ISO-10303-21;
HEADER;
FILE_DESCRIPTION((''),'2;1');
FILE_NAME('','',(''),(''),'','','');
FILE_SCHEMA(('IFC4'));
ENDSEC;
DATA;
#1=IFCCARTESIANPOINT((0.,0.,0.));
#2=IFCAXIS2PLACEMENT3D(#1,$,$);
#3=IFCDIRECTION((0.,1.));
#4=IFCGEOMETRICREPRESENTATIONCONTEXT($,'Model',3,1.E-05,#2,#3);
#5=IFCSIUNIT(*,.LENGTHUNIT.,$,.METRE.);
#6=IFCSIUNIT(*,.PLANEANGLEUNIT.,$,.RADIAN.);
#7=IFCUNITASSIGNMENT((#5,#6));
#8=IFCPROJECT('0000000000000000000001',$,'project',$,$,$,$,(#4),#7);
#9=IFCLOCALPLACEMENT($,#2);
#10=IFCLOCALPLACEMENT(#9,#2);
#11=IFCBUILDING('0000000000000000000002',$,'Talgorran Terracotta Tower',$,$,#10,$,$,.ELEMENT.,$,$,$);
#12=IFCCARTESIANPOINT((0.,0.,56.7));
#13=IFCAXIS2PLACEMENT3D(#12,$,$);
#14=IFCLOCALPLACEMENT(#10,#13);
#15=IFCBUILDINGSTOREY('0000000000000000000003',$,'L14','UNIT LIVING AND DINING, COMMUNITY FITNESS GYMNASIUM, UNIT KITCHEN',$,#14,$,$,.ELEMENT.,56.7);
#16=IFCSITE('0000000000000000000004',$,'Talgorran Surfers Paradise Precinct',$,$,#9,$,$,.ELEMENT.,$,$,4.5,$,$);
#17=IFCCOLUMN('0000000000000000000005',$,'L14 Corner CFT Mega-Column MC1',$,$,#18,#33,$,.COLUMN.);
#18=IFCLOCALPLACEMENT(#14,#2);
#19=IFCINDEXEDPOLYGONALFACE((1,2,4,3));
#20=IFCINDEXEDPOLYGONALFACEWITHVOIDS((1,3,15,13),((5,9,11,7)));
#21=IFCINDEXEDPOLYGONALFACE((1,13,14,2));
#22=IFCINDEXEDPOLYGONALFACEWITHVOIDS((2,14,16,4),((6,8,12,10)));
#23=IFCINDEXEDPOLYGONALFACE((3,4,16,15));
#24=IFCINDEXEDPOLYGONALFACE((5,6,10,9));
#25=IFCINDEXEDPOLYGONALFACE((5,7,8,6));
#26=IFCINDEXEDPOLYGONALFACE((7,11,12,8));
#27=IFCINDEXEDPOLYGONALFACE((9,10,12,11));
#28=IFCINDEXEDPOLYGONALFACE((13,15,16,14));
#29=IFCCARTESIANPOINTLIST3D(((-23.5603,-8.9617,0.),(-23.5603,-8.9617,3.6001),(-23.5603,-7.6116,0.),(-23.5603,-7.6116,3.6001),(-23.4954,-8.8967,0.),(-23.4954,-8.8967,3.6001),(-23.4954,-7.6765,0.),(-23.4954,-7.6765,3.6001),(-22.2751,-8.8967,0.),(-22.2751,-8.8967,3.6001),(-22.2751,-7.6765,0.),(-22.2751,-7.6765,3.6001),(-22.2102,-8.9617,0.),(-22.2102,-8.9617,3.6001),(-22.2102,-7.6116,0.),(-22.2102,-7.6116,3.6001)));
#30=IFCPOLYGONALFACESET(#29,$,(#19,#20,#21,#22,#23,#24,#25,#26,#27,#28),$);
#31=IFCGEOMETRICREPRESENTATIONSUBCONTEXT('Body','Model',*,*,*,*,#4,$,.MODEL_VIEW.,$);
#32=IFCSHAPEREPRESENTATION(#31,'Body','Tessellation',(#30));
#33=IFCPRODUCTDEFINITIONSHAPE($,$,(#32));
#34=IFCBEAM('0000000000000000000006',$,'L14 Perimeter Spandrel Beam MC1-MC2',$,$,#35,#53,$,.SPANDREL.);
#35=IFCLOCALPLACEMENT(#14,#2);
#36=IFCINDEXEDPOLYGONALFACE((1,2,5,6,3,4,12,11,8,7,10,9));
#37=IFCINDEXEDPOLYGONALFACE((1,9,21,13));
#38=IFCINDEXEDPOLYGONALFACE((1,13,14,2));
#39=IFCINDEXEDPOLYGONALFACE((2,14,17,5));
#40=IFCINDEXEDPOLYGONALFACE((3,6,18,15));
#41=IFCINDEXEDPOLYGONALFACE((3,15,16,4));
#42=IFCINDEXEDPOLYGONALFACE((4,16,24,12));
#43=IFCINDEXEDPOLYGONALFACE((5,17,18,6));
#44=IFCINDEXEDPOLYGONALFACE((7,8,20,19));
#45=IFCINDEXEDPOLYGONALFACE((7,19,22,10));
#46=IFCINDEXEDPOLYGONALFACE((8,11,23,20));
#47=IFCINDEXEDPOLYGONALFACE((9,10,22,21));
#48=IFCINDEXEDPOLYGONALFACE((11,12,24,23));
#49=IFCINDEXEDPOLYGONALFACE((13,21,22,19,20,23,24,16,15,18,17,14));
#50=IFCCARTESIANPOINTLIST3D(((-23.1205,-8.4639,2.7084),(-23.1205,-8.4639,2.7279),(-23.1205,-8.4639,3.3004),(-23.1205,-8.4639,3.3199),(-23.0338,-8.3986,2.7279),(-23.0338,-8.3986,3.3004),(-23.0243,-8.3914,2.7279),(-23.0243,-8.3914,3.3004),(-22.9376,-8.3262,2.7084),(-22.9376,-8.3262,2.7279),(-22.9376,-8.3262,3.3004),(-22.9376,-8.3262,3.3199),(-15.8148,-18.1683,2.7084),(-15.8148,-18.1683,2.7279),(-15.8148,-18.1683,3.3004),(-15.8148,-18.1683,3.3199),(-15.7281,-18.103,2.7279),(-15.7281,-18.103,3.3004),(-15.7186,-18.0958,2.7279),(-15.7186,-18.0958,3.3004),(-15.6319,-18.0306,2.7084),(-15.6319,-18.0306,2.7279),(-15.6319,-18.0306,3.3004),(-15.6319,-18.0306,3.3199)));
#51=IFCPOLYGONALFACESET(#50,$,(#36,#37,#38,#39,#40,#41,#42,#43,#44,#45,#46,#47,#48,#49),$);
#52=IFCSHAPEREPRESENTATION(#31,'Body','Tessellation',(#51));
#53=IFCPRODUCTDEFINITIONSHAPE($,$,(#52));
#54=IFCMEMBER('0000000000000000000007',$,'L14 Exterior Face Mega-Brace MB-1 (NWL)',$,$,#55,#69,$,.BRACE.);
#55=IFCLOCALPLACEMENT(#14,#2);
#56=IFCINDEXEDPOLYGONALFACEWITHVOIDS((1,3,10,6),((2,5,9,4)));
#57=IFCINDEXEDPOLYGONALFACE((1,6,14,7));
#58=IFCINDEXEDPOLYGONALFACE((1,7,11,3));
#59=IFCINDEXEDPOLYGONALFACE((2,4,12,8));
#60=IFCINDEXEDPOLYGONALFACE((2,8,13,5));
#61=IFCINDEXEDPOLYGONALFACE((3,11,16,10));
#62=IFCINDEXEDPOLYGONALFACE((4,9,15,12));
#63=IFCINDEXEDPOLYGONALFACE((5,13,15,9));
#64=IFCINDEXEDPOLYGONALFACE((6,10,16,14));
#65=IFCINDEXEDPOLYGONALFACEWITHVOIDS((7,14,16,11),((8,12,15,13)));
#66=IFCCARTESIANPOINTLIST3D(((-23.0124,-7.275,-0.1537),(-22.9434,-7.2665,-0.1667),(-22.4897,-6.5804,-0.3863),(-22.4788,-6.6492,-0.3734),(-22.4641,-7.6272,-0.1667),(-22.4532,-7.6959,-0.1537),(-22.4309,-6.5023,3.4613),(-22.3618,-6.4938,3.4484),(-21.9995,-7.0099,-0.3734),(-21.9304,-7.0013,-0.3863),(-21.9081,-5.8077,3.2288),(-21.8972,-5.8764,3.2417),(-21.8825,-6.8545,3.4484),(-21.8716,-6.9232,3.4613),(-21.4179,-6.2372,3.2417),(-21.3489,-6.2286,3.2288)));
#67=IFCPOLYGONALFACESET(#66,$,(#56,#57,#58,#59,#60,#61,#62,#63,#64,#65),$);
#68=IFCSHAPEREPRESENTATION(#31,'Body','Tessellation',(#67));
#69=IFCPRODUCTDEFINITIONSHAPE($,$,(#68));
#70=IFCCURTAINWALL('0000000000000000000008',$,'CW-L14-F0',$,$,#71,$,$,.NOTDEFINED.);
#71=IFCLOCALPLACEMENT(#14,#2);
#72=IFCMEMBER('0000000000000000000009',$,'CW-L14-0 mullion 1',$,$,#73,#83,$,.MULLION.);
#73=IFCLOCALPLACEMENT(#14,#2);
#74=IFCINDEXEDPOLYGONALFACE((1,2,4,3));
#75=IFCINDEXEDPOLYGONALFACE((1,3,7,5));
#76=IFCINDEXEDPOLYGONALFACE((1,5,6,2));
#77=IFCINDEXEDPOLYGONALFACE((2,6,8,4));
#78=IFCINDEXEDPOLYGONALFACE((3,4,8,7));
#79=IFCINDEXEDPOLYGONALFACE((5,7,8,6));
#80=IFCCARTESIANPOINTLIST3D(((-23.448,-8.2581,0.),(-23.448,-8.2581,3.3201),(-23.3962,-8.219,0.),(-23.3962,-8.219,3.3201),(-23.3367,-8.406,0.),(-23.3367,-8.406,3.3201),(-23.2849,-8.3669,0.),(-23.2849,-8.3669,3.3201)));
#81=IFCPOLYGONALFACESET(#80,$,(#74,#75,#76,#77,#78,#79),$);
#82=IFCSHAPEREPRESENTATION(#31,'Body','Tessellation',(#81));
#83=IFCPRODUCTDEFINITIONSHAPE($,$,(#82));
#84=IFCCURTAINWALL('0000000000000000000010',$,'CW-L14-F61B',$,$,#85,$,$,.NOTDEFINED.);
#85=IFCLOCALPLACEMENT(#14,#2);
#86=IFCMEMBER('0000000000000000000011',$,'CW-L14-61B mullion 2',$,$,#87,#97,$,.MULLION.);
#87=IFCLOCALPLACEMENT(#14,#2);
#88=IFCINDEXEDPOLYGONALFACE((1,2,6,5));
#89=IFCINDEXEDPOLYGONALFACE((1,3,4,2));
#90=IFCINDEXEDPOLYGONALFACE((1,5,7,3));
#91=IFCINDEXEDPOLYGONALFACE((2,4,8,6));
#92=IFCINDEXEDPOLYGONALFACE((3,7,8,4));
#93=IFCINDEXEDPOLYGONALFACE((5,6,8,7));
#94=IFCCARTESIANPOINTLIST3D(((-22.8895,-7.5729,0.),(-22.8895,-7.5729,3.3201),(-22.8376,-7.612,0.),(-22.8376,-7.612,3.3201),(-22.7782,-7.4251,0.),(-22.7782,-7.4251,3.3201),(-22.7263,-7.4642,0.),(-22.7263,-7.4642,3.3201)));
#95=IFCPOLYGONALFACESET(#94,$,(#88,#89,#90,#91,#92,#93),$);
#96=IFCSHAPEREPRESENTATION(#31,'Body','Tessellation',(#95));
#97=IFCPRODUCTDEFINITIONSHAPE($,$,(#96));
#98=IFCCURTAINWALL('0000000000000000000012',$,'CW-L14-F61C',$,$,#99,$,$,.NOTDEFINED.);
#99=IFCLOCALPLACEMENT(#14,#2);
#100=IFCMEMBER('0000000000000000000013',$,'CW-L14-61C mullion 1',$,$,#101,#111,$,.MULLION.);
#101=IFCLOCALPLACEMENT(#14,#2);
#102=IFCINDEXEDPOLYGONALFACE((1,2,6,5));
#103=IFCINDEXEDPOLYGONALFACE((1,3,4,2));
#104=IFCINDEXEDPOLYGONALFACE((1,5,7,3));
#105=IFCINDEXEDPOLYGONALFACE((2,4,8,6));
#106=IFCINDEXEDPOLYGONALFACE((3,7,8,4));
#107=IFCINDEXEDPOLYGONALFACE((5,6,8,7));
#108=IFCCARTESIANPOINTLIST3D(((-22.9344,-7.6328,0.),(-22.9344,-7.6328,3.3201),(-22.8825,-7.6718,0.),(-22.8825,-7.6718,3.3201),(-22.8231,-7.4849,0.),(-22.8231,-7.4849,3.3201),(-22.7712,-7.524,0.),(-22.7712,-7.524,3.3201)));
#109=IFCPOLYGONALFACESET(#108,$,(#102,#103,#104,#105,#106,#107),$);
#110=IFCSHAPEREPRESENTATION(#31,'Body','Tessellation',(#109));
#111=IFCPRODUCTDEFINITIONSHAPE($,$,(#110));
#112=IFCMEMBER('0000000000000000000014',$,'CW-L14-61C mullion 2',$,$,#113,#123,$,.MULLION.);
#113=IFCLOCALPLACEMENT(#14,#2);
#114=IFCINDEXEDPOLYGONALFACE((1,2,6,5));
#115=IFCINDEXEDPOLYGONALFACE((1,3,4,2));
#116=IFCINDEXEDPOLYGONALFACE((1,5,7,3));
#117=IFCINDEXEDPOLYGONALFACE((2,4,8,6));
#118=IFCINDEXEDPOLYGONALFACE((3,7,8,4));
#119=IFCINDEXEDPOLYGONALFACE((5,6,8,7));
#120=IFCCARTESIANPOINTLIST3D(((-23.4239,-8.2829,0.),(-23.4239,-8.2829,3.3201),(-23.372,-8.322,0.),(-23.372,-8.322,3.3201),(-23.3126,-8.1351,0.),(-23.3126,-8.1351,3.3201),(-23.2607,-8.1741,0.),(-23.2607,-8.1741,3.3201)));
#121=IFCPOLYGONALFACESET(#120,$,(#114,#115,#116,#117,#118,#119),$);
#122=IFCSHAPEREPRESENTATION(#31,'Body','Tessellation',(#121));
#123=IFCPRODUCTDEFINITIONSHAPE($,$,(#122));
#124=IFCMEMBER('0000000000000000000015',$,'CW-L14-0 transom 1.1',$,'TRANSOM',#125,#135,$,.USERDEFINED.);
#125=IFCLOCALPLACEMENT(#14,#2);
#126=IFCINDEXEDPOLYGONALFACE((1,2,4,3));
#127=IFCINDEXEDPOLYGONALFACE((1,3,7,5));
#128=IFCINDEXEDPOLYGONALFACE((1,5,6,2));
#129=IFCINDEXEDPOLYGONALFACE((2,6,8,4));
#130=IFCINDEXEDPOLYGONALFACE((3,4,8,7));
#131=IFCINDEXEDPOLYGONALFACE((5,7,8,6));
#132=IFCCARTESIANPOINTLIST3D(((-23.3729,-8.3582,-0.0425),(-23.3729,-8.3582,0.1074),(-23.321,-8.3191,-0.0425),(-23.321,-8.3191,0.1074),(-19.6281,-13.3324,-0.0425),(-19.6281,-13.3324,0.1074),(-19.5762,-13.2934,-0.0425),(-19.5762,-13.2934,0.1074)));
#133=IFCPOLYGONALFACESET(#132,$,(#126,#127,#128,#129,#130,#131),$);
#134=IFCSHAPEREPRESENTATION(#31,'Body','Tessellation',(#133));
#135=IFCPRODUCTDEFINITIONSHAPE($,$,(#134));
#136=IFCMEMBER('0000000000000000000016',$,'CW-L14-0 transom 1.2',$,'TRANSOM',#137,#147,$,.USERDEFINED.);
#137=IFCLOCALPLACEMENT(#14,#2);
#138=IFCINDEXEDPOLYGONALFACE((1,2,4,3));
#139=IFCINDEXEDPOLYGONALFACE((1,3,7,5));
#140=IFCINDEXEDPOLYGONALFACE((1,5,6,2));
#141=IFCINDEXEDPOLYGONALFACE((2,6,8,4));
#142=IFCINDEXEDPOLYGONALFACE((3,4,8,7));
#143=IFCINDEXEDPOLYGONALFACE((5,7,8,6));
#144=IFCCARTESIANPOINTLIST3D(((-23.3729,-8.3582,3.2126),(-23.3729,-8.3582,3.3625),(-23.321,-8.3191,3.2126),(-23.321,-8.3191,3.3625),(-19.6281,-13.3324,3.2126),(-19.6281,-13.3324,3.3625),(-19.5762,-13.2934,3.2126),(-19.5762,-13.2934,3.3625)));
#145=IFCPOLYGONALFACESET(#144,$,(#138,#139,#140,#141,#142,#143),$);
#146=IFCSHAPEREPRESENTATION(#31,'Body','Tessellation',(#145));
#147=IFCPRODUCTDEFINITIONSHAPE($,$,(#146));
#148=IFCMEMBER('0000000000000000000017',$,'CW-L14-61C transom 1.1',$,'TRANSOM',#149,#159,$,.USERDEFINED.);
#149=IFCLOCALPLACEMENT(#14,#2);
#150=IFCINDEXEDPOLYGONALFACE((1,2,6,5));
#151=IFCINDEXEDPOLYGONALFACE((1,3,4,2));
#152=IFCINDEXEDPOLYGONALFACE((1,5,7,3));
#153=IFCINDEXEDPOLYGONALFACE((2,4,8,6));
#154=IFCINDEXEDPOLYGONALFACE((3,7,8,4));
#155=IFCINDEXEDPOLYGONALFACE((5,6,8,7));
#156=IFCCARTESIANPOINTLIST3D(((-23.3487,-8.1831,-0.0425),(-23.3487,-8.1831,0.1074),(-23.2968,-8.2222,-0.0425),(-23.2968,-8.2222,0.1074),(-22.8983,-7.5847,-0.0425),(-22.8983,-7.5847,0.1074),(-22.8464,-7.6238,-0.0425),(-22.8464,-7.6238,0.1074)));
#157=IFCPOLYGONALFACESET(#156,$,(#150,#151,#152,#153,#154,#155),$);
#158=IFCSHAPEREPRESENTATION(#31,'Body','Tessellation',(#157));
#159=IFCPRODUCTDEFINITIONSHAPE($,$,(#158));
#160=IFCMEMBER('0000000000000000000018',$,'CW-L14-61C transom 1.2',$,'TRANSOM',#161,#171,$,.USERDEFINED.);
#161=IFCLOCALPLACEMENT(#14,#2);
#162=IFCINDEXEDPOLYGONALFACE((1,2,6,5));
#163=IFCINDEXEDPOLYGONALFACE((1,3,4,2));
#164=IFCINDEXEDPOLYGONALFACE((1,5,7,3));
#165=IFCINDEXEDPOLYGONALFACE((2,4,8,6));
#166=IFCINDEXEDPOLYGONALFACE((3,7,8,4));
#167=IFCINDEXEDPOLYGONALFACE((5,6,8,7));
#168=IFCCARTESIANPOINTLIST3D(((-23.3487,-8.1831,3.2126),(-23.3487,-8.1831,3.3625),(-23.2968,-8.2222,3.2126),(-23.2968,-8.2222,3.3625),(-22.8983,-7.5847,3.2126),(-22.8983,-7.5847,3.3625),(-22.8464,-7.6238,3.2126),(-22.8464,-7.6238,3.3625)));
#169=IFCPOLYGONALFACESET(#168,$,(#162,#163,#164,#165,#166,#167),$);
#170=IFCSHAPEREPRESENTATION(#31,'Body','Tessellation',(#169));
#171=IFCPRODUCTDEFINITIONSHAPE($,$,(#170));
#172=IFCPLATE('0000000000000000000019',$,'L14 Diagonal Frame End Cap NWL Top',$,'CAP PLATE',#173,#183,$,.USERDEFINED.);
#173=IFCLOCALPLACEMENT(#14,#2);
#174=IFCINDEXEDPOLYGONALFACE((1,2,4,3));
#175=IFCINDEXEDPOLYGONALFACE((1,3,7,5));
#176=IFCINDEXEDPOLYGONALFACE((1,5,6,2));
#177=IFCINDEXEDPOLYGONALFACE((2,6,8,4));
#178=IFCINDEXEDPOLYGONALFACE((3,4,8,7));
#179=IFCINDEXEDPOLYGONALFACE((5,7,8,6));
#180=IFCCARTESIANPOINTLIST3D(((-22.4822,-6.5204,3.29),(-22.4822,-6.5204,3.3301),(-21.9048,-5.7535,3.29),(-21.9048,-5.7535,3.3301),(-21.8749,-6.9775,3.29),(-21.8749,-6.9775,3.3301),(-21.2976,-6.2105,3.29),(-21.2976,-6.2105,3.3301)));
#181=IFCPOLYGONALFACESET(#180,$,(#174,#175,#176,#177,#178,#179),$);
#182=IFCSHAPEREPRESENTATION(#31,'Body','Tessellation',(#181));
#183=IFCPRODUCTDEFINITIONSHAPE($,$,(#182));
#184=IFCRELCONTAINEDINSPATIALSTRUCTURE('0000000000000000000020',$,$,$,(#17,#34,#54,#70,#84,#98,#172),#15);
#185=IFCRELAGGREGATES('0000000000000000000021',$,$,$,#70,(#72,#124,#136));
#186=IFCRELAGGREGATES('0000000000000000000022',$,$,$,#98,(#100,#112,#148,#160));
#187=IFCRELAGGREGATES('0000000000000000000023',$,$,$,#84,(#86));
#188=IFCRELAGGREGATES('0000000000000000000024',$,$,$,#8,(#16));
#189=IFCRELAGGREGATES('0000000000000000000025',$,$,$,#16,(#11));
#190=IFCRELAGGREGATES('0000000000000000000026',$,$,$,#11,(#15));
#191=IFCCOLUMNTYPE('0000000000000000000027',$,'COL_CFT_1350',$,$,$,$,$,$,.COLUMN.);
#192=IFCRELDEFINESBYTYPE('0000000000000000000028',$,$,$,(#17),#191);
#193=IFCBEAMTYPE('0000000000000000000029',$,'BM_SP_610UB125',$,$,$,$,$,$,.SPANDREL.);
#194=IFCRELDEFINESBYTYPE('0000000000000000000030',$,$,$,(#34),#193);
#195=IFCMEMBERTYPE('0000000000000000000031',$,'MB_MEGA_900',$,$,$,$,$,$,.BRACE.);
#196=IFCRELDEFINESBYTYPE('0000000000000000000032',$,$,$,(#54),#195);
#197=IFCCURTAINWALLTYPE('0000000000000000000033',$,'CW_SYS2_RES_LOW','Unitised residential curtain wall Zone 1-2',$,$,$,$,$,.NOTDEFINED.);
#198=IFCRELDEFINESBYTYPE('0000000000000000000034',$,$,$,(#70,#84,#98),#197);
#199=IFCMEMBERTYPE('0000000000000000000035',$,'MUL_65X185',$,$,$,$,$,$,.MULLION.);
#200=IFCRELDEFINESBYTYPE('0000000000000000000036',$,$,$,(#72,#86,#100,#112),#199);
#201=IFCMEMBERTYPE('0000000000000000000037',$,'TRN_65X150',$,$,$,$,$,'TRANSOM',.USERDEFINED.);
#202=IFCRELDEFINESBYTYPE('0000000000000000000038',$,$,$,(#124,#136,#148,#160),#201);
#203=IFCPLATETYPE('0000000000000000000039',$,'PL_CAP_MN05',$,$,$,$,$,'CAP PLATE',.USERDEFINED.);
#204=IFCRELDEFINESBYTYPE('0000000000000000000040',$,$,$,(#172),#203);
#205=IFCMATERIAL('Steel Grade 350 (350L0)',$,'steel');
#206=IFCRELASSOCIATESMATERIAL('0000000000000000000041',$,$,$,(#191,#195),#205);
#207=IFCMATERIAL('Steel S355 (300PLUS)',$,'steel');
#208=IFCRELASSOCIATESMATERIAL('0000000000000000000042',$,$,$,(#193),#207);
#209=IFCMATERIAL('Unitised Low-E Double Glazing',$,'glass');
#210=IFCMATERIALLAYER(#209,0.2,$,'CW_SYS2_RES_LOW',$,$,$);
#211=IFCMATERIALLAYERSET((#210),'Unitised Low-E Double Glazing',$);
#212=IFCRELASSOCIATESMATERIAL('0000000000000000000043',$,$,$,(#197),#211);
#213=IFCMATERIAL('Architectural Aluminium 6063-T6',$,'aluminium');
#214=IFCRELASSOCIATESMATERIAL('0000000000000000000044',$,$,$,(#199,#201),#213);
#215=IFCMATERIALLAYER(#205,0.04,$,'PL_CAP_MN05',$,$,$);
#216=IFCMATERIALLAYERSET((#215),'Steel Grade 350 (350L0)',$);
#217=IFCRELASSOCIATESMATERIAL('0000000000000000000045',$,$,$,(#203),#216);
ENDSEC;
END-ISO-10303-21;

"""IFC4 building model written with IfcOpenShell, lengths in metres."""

from ifc_helpers import new_model, si_unit, direction, frame, origin, origin_2d, place, context, subcontext, project, spatial, rectangle, hollow_rectangle, i_section, extrude, material, layer, layer_set, material_profile, profile_set, type_object, element, aggregate, save


model = new_model("IFC4")

# Units and contexts
model_context = context("Model", 3, precision=1e-05, world=origin(), true_north=direction((0.0, 1.0)))
body_context = subcontext(model_context, "Body", "Model", "MODEL_VIEW")
ifc_project = project(units=[si_unit("LENGTHUNIT", "METRE"), si_unit("PLANEANGLEUNIT", "RADIAN")], contexts=[model_context])

# Site, building, storey
site_placement = place(None, origin())
site = spatial("IfcSite", under=ifc_project, at=site_placement, Name="Talgorran Surfers Paradise Precinct", CompositionType="ELEMENT", RefElevation=4.5)
building_placement = place(site_placement, origin())
building = spatial("IfcBuilding", under=site, at=building_placement, Name="Talgorran Terracotta Tower", CompositionType="ELEMENT")
storey_placement = place(building_placement, frame((0.0, 0.0, 56.7)))
storey = spatial("IfcBuildingStorey", under=building, at=storey_placement, Name="L14", Description="UNIT LIVING AND DINING, COMMUNITY FITNESS GYMNASIUM, UNIT KITCHEN", CompositionType="ELEMENT", Elevation=56.7)

# Column
ifc_material_1 = material(Name="Steel Grade 350 (350L0)", Category="steel")
ifc_material_profile_1 = material_profile(ifc_material_1, hollow_rectangle(XDim=1.3501, YDim=1.3501, WallThickness=0.0649, at=origin_2d()), Name="CFT1350X1350X65")
ifc_profile_set_1 = profile_set([ifc_material_profile_1], Name="Steel Grade 350 (350L0)")
column_type = type_object("IfcColumnType", Name="COL_CFT_1350", PredefinedType="COLUMN", material=ifc_profile_set_1)
column_placement = place(storey_placement, frame((-22.8853, -8.2866, 0.0), z_axis=(0.0, 0.0, 1.0), x_axis=(1.0, 0.0, 0.0)))
element("IfcColumn", 1, at=column_placement, inside=storey, type_object=column_type, Name="L14 Corner CFT Mega-Column MC1", PredefinedType="COLUMN", context=body_context, shape_type="SweptSolid", body=[
    extrude(hollow_rectangle(XDim=1.3501, YDim=1.3501, WallThickness=0.0649, at=origin_2d()), origin(), (0.0, 0.0, 1.0), 3.6001),
])

# Beam
ifc_material_2 = material(Name="Steel S355 (300PLUS)", Category="steel")
ifc_material_profile_2 = material_profile(ifc_material_2, i_section(OverallWidth=0.229, OverallDepth=0.6116, WebThickness=0.012, FlangeThickness=0.0195, at=origin_2d()), Name="610UB125")
ifc_profile_set_2 = profile_set([ifc_material_profile_2], Name="Steel S355 (300PLUS)")
beam_type = type_object("IfcBeamType", Name="BM_SP_610UB125", PredefinedType="SPANDREL", material=ifc_profile_set_2)
beam_placement = place(storey_placement, frame((-23.0291, -8.395, 3.0142), z_axis=(0.601443, -0.798916, 0.0), x_axis=(0.798916, 0.601443, 0.0)))
element("IfcBeam", 2, at=beam_placement, inside=storey, type_object=beam_type, Name="L14 Perimeter Spandrel Beam MC1-MC2", PredefinedType="SPANDREL", context=body_context, shape_type="SweptSolid", body=[
    extrude(i_section(OverallWidth=0.229, OverallDepth=0.6116, WebThickness=0.012, FlangeThickness=0.0195, at=origin_2d()), origin(), (0.0, 0.0, 1.0), 12.147),
])

# Member
ifc_material_profile_3 = material_profile(ifc_material_1, hollow_rectangle(XDim=0.7, YDim=0.8999, WallThickness=0.05, at=origin_2d()), Name="WBOX900X700X50")
ifc_profile_set_3 = profile_set([ifc_material_profile_3], Name="Steel Grade 350 (350L0)")
member_type_1 = type_object("IfcMemberType", Name="MB_MEGA_900", PredefinedType="BRACE", material=ifc_profile_set_3)
member_1_placement = place(storey_placement, frame((-22.4714, -7.1382, -0.27), z_axis=(0.155405, 0.206489, 0.966029), x_axis=(-0.798999, 0.601332, 0.0)))
element("IfcMember", 3, at=member_1_placement, inside=storey, type_object=member_type_1, Name="L14 Exterior Face Mega-Brace MB-1 (NWL)", PredefinedType="BRACE", context=body_context, shape_type="SweptSolid", body=[
    extrude(hollow_rectangle(XDim=0.7, YDim=0.8999, WallThickness=0.05, at=origin_2d()), origin(), (0.0, 0.0, 1.0), 3.7422),
])

# Curtain walls, members
ifc_material_3 = material(Name="Unitised Low-E Double Glazing", Category="glass")
ifc_layer_1 = layer(ifc_material_3, 0.2, Name="CW_SYS2_RES_LOW")
ifc_layer_set_1 = layer_set([ifc_layer_1], Name="Unitised Low-E Double Glazing")
curtain_wall_type = type_object("IfcCurtainWallType", Name="CW_SYS2_RES_LOW", Description="Unitised residential curtain wall Zone 1-2", PredefinedType="NOTDEFINED", material=ifc_layer_set_1)
curtain_wall_1_placement = place(storey_placement, origin())
curtain_wall_1 = element("IfcCurtainWall", 4, at=curtain_wall_1_placement, inside=storey, type_object=curtain_wall_type, Name="CW-L14-F0", PredefinedType="NOTDEFINED")
ifc_material_4 = material(Name="Architectural Aluminium 6063-T6", Category="aluminium")
ifc_material_profile_4 = material_profile(ifc_material_4, rectangle(XDim=0.0649, YDim=0.1851, at=origin_2d()), Name="CWM65X185")
ifc_profile_set_4 = profile_set([ifc_material_profile_4], Name="Architectural Aluminium 6063-T6")
member_type_2 = type_object("IfcMemberType", Name="MUL_65X185", PredefinedType="MULLION", material=ifc_profile_set_4)
member_2_placement = place(storey_placement, frame((-23.3665, -8.3125, 0.0), z_axis=(0.0, 0.0, 1.0), x_axis=(0.798916, 0.601442, 0.0)))
member_2 = element("IfcMember", 5, at=member_2_placement, type_object=member_type_2, Name="CW-L14-0 mullion 1", PredefinedType="MULLION", context=body_context, shape_type="SweptSolid", body=[
    extrude(rectangle(XDim=0.0649, YDim=0.1851, at=origin_2d()), origin(), (0.0, 0.0, 1.0), 3.3201),
])
curtain_wall_2_placement = place(storey_placement, origin())
curtain_wall_2 = element("IfcCurtainWall", 6, at=curtain_wall_2_placement, inside=storey, type_object=curtain_wall_type, Name="CW-L14-F61B", PredefinedType="NOTDEFINED")
member_3_placement = place(storey_placement, frame((-22.8079, -7.5186, 0.0), z_axis=(0.0, 0.0, 1.0), x_axis=(0.798917, -0.601441, 0.0)))
member_3 = element("IfcMember", 7, at=member_3_placement, type_object=member_type_2, Name="CW-L14-61B mullion 2", PredefinedType="MULLION", context=body_context, shape_type="SweptSolid", body=[
    extrude(rectangle(XDim=0.0649, YDim=0.1851, at=origin_2d()), origin(), (0.0, 0.0, 1.0), 3.3201),
])

# Curtain wall, members
curtain_wall_3_placement = place(storey_placement, origin())
curtain_wall_3 = element("IfcCurtainWall", 8, at=curtain_wall_3_placement, inside=storey, type_object=curtain_wall_type, Name="CW-L14-F61C", PredefinedType="NOTDEFINED")
member_4_placement = place(storey_placement, frame((-22.8528, -7.5784, 0.0), z_axis=(0.0, 0.0, 1.0), x_axis=(0.798934, -0.601419, 0.0)))
member_4 = element("IfcMember", 9, at=member_4_placement, type_object=member_type_2, Name="CW-L14-61C mullion 1", PredefinedType="MULLION", context=body_context, shape_type="SweptSolid", body=[
    extrude(rectangle(XDim=0.0649, YDim=0.1851, at=origin_2d()), origin(), (0.0, 0.0, 1.0), 3.3201),
])
member_5_placement = place(storey_placement, frame((-23.3423, -8.2285, 0.0), z_axis=(0.0, 0.0, 1.0), x_axis=(0.798934, -0.601419, 0.0)))
member_5 = element("IfcMember", 10, at=member_5_placement, type_object=member_type_2, Name="CW-L14-61C mullion 2", PredefinedType="MULLION", context=body_context, shape_type="SweptSolid", body=[
    extrude(rectangle(XDim=0.0649, YDim=0.1851, at=origin_2d()), origin(), (0.0, 0.0, 1.0), 3.3201),
])

# Members
ifc_material_profile_5 = material_profile(ifc_material_4, rectangle(XDim=0.0649, YDim=0.1499, at=origin_2d()), Name="CWT65X150")
ifc_profile_set_5 = profile_set([ifc_material_profile_5], Name="Architectural Aluminium 6063-T6")
member_type_3 = type_object("IfcMemberType", Name="TRN_65X150", ElementType="TRANSOM", PredefinedType="USERDEFINED", material=ifc_profile_set_5)
member_6_placement = place(storey_placement, frame((-23.3469, -8.3386, 0.0325), z_axis=(0.601448, -0.798912, 0.0), x_axis=(0.798912, 0.601448, 0.0)))
member_6 = element("IfcMember", 11, at=member_6_placement, type_object=member_type_3, Name="CW-L14-0 transom 1.1", ObjectType="TRANSOM", PredefinedType="USERDEFINED", context=body_context, shape_type="SweptSolid", body=[
    extrude(rectangle(XDim=0.0649, YDim=0.1499, at=origin_2d()), origin(), (0.0, 0.0, 1.0), 6.2263),
])
member_7_placement = place(storey_placement, frame((-23.3469, -8.3386, 3.2876), z_axis=(0.601448, -0.798912, 0.0), x_axis=(0.798912, 0.601448, 0.0)))
member_7 = element("IfcMember", 12, at=member_7_placement, type_object=member_type_3, Name="CW-L14-0 transom 1.2", ObjectType="TRANSOM", PredefinedType="USERDEFINED", context=body_context, shape_type="SweptSolid", body=[
    extrude(rectangle(XDim=0.0649, YDim=0.1499, at=origin_2d()), origin(), (0.0, 0.0, 1.0), 6.2263),
])
aggregate(curtain_wall_1, [member_2, member_6, member_7])
member_8_placement = place(storey_placement, frame((-22.8723, -7.6042, 0.0325), z_axis=(-0.601407, -0.798943, 0.0), x_axis=(0.798943, -0.601407, 0.0)))
member_8 = element("IfcMember", 13, at=member_8_placement, type_object=member_type_3, Name="CW-L14-61C transom 1.1", ObjectType="TRANSOM", PredefinedType="USERDEFINED", context=body_context, shape_type="SweptSolid", body=[
    extrude(rectangle(XDim=0.0649, YDim=0.1499, at=origin_2d()), origin(), (0.0, 0.0, 1.0), 0.749),
])
member_9_placement = place(storey_placement, frame((-22.8723, -7.6042, 3.2876), z_axis=(-0.601407, -0.798943, 0.0), x_axis=(0.798943, -0.601407, 0.0)))
member_9 = element("IfcMember", 14, at=member_9_placement, type_object=member_type_3, Name="CW-L14-61C transom 1.2", ObjectType="TRANSOM", PredefinedType="USERDEFINED", context=body_context, shape_type="SweptSolid", body=[
    extrude(rectangle(XDim=0.0649, YDim=0.1499, at=origin_2d()), origin(), (0.0, 0.0, 1.0), 0.749),
])

# Plate
ifc_layer_2 = layer(ifc_material_1, 0.04, Name="PL_CAP_MN05")
ifc_layer_set_2 = layer_set([ifc_layer_2], Name="Steel Grade 350 (350L0)")
plate_type_1 = type_object("IfcPlateType", Name="PL_CAP_MN05", ElementType="CAP PLATE", PredefinedType="USERDEFINED", material=ifc_layer_set_2)
plate_1_placement = place(storey_placement, frame((-21.8899, -6.3655, 3.29), z_axis=(0.0, 0.0, 1.0), x_axis=(0.601397, 0.798951, 0.0)))
element("IfcPlate", 15, at=plate_1_placement, inside=storey, type_object=plate_type_1, Name="L14 Diagonal Frame End Cap NWL Top", ObjectType="CAP PLATE", PredefinedType="USERDEFINED", context=body_context, shape_type="SweptSolid", body=[
    extrude(rectangle(XDim=0.96, YDim=0.76, at=origin_2d()), origin(), (0.0, 0.0, 1.0), 0.04),
])

aggregate(curtain_wall_3, [member_4, member_5, member_8, member_9])
aggregate(curtain_wall_2, [member_3])

save(model, "model.ifc")
